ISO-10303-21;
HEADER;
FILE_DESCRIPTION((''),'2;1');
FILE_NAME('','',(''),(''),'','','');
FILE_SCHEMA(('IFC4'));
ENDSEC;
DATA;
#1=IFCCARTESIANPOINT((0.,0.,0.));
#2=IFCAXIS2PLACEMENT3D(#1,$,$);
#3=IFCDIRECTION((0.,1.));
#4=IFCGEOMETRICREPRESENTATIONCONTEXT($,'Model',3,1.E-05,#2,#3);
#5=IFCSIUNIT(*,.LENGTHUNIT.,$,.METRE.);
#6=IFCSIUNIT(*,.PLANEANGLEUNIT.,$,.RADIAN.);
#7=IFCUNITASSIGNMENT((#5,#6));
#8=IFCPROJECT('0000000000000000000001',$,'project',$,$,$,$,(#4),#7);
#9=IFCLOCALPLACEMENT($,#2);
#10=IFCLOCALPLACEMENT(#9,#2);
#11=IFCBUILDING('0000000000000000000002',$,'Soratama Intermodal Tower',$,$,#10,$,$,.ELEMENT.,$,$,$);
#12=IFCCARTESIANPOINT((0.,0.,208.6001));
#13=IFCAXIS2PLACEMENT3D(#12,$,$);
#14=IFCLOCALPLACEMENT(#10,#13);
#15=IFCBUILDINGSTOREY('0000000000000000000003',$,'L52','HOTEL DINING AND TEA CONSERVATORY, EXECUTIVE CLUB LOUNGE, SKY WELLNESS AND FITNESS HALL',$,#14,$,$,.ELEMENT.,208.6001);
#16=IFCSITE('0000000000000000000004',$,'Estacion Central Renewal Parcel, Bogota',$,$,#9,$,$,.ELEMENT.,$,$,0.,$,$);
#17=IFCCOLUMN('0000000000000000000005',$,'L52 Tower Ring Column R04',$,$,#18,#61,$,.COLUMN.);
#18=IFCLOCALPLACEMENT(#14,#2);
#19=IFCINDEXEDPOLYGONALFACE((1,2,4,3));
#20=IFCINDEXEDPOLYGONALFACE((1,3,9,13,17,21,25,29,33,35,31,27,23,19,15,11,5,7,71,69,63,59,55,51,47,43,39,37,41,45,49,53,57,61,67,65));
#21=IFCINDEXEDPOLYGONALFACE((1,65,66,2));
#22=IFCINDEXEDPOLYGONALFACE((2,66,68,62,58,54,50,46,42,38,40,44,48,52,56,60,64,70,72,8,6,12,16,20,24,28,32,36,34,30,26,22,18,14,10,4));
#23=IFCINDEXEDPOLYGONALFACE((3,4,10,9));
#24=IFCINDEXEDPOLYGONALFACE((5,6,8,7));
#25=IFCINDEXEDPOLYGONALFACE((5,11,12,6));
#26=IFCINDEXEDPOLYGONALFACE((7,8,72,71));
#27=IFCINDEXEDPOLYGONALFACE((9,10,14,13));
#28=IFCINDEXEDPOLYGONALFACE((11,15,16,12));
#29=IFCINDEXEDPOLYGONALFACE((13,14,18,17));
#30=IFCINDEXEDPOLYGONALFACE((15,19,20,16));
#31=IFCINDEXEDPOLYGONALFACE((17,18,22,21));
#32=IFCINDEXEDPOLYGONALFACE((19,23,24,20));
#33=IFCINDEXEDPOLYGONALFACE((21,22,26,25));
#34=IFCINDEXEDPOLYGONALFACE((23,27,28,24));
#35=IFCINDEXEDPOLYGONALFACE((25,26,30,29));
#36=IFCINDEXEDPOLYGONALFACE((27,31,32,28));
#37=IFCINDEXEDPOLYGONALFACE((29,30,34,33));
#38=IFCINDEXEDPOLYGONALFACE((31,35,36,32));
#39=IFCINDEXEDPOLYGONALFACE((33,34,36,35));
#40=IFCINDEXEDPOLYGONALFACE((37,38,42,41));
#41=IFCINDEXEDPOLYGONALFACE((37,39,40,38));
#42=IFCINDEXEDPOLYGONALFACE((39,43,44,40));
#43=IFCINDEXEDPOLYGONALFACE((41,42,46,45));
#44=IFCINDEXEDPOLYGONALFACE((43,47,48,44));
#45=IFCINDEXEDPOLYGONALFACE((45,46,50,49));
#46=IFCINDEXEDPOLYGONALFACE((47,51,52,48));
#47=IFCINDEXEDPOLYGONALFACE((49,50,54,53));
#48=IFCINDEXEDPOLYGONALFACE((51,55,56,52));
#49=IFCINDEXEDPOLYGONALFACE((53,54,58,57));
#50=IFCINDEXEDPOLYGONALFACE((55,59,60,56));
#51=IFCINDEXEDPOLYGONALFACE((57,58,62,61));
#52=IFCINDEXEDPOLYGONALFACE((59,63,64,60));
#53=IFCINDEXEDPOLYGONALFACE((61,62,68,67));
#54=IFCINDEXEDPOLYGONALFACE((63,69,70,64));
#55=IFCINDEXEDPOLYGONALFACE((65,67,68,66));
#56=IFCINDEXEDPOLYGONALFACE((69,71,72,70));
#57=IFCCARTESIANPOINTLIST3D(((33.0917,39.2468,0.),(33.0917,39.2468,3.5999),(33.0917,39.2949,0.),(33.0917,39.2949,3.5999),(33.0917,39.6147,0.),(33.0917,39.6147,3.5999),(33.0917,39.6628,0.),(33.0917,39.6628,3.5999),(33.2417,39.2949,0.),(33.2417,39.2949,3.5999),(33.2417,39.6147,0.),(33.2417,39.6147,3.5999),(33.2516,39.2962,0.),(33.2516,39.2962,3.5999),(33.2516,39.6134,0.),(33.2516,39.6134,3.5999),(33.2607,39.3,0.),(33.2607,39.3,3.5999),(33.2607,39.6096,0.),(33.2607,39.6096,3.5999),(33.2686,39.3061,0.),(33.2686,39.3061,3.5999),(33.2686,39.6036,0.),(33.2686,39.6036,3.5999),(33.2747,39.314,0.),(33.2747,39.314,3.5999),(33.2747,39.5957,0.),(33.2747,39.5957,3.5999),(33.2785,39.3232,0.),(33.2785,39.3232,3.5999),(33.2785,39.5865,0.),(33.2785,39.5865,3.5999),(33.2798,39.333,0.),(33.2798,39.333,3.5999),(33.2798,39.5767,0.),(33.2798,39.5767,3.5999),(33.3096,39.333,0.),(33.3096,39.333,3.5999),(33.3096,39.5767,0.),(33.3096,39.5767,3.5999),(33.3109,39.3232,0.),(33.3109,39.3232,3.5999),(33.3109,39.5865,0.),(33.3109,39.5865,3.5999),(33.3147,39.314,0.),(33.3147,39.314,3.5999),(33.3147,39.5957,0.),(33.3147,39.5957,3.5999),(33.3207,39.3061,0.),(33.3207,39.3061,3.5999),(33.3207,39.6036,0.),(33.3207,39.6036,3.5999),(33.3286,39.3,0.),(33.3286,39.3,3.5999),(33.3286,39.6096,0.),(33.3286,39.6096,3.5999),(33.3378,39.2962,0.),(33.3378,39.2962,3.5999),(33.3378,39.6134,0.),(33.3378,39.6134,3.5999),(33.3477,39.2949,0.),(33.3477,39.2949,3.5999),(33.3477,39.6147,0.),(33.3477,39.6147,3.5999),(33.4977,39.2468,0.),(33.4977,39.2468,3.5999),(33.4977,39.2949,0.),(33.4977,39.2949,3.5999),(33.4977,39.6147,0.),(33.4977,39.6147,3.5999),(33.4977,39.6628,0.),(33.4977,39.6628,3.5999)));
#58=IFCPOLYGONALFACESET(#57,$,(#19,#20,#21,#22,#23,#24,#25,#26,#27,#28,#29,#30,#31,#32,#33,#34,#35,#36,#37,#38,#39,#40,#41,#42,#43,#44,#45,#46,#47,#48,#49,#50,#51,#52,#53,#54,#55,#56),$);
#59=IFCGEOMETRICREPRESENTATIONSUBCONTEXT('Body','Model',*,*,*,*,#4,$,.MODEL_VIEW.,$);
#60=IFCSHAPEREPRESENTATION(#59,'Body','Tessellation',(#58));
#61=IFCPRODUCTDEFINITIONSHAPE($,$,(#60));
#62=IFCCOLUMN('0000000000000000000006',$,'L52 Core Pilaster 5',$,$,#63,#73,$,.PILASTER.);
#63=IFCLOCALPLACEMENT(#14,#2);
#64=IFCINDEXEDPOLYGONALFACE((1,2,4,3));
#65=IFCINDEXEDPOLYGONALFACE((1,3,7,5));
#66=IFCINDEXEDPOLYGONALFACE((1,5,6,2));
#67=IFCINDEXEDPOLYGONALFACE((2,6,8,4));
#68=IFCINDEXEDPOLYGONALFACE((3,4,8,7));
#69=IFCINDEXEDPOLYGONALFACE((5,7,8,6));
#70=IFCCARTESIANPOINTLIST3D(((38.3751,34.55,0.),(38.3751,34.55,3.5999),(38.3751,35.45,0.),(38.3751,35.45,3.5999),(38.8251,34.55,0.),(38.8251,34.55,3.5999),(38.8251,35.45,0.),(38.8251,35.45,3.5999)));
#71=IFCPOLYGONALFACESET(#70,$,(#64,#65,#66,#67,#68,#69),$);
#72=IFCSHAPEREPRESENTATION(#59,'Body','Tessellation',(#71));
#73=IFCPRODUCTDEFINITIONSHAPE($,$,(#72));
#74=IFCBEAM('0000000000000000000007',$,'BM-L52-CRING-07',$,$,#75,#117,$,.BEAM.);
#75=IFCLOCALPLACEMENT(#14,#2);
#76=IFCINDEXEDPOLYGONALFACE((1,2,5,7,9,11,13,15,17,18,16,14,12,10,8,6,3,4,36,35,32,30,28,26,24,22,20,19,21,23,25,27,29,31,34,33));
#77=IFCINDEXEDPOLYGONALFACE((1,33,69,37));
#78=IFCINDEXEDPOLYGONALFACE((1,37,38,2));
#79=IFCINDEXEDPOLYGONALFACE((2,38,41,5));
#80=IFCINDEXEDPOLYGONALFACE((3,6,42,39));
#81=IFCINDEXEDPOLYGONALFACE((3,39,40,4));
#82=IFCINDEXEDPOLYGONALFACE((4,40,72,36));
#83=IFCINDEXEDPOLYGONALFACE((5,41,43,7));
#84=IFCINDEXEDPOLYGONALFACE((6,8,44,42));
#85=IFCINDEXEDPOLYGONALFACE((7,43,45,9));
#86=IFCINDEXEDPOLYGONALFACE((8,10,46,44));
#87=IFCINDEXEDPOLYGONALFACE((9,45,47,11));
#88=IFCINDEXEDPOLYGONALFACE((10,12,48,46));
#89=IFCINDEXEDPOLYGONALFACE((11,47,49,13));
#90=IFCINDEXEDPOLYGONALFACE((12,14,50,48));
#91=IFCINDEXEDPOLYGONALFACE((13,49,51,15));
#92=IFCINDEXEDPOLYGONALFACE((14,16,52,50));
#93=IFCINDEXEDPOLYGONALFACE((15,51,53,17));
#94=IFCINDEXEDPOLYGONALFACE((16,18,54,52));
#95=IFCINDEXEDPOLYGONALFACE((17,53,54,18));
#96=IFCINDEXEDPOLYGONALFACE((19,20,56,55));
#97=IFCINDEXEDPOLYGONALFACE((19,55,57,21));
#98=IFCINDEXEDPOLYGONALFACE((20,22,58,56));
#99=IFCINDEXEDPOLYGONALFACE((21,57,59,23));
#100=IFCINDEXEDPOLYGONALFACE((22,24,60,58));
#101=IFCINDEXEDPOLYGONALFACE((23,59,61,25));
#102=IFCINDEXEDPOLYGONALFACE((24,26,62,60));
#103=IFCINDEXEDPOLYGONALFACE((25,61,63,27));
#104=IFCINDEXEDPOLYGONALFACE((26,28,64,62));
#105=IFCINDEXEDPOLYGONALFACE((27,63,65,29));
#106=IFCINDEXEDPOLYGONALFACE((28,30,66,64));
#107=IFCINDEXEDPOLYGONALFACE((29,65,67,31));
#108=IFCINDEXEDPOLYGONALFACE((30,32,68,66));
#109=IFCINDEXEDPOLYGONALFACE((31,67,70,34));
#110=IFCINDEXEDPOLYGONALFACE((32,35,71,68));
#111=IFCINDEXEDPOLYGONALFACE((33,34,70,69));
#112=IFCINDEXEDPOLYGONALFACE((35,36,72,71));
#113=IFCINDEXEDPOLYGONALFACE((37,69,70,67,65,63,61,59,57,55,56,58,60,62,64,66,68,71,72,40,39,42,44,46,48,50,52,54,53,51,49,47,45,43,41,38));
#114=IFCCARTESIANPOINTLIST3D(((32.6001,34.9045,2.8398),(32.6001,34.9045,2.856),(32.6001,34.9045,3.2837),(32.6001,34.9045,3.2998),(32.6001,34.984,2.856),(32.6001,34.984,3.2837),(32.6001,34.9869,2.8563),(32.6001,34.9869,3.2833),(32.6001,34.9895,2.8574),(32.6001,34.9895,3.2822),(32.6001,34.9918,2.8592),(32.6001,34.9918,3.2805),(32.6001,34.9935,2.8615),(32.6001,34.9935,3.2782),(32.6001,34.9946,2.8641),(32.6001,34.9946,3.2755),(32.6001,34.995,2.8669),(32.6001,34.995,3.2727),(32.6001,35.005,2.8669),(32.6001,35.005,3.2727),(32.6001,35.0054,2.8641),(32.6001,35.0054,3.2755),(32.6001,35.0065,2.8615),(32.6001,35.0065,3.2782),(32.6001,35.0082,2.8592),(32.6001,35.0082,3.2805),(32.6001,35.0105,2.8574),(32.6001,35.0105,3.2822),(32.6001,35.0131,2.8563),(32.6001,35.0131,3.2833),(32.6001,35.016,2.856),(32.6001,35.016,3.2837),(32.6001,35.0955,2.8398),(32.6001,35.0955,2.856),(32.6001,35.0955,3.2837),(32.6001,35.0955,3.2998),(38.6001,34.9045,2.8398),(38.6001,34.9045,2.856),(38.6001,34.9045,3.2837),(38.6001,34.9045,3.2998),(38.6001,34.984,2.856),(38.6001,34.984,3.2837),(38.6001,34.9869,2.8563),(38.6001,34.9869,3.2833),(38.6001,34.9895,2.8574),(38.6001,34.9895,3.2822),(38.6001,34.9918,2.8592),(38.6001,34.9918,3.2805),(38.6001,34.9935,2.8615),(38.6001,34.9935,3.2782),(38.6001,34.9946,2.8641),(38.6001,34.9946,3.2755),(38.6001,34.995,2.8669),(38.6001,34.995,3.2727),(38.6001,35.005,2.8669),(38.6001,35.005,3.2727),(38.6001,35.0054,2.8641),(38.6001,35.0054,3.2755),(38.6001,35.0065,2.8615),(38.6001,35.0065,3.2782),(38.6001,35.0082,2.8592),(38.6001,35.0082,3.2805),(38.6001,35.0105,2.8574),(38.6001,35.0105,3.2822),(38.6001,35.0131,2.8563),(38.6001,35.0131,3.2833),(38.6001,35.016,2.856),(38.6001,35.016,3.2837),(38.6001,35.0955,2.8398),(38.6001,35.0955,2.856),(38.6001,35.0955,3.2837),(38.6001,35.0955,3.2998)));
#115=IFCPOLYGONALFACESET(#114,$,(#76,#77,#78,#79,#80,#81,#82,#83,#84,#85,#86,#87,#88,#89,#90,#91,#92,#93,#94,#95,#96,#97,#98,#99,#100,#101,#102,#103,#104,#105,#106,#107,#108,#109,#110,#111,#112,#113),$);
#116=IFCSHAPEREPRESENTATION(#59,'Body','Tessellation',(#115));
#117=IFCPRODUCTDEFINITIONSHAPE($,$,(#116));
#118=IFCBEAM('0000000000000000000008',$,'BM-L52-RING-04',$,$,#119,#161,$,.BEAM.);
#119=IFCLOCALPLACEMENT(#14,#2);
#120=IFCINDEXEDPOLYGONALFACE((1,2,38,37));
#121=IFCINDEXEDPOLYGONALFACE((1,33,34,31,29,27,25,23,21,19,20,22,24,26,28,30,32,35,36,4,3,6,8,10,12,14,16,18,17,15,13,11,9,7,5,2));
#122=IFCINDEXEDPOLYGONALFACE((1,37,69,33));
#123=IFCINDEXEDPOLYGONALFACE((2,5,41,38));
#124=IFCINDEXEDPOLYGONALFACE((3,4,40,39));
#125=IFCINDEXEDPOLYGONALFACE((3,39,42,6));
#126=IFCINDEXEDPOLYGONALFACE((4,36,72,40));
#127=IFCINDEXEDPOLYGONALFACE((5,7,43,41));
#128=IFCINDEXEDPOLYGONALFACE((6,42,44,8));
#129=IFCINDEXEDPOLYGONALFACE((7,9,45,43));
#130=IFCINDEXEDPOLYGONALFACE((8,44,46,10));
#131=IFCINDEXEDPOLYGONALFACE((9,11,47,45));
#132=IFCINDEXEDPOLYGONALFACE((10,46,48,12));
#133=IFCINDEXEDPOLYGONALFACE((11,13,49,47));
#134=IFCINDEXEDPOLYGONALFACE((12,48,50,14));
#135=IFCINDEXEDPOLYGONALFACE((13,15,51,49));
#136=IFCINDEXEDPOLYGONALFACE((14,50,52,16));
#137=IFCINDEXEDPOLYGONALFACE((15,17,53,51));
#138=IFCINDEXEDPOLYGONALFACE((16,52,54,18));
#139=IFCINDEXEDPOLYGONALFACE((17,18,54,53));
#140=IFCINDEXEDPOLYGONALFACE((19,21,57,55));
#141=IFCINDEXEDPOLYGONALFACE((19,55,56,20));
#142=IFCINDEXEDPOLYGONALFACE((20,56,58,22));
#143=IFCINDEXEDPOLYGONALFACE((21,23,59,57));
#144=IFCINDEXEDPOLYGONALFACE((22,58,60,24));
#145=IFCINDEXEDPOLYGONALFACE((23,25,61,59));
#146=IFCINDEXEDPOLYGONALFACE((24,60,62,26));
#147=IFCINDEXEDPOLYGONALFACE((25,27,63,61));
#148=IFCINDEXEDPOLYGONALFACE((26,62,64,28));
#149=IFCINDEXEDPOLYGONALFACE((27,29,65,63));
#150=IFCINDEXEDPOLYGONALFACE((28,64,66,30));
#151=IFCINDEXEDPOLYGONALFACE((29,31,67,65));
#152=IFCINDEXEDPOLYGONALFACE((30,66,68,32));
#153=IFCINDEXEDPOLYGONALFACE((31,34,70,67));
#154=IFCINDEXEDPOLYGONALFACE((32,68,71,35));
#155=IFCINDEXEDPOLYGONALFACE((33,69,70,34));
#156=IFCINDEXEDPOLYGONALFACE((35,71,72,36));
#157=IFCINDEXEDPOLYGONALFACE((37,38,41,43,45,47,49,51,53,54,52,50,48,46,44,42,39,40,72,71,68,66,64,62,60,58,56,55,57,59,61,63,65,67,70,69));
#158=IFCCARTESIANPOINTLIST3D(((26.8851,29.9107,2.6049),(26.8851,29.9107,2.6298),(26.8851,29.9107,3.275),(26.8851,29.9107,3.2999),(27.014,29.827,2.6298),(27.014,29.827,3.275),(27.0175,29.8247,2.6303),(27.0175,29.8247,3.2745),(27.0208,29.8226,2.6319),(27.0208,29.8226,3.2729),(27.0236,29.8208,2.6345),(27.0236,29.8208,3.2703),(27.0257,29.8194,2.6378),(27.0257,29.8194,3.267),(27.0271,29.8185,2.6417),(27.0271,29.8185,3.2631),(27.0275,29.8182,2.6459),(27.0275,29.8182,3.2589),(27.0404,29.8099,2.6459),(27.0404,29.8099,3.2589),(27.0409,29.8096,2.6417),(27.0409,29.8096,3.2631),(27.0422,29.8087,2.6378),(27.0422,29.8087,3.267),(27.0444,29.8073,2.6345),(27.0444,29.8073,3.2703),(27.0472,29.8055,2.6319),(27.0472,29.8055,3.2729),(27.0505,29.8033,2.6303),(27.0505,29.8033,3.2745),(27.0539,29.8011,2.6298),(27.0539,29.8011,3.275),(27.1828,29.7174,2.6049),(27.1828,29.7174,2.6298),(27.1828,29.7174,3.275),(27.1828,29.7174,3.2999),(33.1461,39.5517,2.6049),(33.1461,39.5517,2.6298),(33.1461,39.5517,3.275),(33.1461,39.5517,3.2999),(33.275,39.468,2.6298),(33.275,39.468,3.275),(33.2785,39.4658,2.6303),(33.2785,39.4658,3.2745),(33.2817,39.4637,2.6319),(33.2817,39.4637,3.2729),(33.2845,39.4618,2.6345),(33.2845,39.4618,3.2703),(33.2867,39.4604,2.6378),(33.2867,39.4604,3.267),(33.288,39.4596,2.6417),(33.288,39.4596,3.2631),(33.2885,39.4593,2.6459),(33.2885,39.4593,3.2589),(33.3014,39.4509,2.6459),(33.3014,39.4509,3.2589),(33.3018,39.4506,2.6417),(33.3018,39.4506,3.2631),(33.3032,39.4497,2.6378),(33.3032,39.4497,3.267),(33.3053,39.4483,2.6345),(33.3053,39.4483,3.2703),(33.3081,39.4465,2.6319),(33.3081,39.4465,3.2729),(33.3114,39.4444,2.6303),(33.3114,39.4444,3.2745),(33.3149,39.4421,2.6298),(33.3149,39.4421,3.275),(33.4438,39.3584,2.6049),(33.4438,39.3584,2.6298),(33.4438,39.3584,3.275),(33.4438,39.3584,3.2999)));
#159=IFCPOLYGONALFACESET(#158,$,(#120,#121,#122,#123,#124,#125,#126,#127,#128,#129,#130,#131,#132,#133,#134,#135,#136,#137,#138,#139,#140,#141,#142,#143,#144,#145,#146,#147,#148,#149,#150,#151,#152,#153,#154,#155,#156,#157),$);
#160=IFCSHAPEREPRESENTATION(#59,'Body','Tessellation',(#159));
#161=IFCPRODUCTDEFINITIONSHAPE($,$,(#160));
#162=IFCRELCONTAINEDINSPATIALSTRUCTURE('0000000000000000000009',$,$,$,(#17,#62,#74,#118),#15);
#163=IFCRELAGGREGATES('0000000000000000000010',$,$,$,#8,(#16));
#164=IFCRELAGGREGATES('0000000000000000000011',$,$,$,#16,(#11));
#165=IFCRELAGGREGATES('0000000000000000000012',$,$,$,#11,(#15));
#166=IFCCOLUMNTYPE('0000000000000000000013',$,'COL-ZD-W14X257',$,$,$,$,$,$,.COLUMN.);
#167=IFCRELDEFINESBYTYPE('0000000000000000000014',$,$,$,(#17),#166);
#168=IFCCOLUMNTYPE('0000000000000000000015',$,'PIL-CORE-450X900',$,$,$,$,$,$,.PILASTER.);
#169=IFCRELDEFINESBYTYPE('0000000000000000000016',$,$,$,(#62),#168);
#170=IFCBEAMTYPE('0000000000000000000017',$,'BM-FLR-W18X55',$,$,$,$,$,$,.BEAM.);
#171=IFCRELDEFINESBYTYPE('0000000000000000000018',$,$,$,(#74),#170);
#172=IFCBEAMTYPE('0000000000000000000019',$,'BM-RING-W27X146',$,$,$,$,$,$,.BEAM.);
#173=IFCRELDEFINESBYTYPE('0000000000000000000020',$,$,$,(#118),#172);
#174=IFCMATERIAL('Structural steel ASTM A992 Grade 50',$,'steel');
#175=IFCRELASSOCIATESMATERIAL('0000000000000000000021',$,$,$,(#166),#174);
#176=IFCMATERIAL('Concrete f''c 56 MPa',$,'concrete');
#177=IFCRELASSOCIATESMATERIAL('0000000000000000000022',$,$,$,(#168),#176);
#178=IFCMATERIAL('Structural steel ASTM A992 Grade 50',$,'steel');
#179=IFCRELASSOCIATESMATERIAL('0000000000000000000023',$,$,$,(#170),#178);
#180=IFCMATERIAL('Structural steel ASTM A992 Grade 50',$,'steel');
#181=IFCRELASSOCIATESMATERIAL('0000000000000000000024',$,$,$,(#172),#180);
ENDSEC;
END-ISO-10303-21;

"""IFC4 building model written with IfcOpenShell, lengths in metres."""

from ifc_helpers import new_model, si_unit, direction, frame, origin, origin_2d, place, context, subcontext, project, spatial, rectangle, i_section, extrude, material, material_profile, profile_set, type_object, element, save


model = new_model("IFC4")

# Units and contexts
model_context = context("Model", 3, precision=1e-05, world=origin(), true_north=direction((0.0, 1.0)))
body_context = subcontext(model_context, "Body", "Model", "MODEL_VIEW")
ifc_project = project(units=[si_unit("LENGTHUNIT", "METRE"), si_unit("PLANEANGLEUNIT", "RADIAN")], contexts=[model_context])

# Site, building, storey
site_placement = place(None, origin())
site = spatial("IfcSite", under=ifc_project, at=site_placement, Name="Estacion Central Renewal Parcel, Bogota", CompositionType="ELEMENT", RefElevation=0.0)
building_placement = place(site_placement, origin())
building = spatial("IfcBuilding", under=site, at=building_placement, Name="Soratama Intermodal Tower", CompositionType="ELEMENT")
storey_placement = place(building_placement, frame((0.0, 0.0, 208.6001)))
storey = spatial("IfcBuildingStorey", under=building, at=storey_placement, Name="L52", Description="HOTEL DINING AND TEA CONSERVATORY, EXECUTIVE CLUB LOUNGE, SKY WELLNESS AND FITNESS HALL", CompositionType="ELEMENT", Elevation=208.6001)

# Columns
ifc_material_1 = material(Name="Structural steel ASTM A992 Grade 50", Category="steel")
ifc_material_profile_1 = material_profile(ifc_material_1, i_section(OverallWidth=0.406, OverallDepth=0.416, WebThickness=0.0298, FlangeThickness=0.0481, FilletRadius=0.0381, at=origin_2d()), Name="W14X257")
ifc_profile_set_1 = profile_set([ifc_material_profile_1], Name="Structural steel ASTM A992 Grade 50")
column_type_1 = type_object("IfcColumnType", Name="COL-ZD-W14X257", PredefinedType="COLUMN", material=ifc_profile_set_1)
column_1_placement = place(storey_placement, frame((33.2947, 39.4548, 0.0), z_axis=(0.0, 0.0, 1.0), x_axis=(1.0, 0.0, 0.0)))
element("IfcColumn", 1, at=column_1_placement, inside=storey, type_object=column_type_1, Name="L52 Tower Ring Column R04", PredefinedType="COLUMN", context=body_context, shape_type="SweptSolid", body=[
    extrude(i_section(OverallWidth=0.406, OverallDepth=0.416, WebThickness=0.0298, FlangeThickness=0.0481, FilletRadius=0.0381, at=origin_2d()), origin(), (0.0, 0.0, 1.0), 3.5999),
])
ifc_material_2 = material(Name="Concrete f'c 56 MPa", Category="concrete")
ifc_material_profile_2 = material_profile(ifc_material_2, rectangle(XDim=0.45, YDim=0.8999, at=origin_2d()), Name="RC450X900")
ifc_profile_set_2 = profile_set([ifc_material_profile_2], Name="Concrete f'c 56 MPa")
column_type_2 = type_object("IfcColumnType", Name="PIL-CORE-450X900", PredefinedType="PILASTER", material=ifc_profile_set_2)
column_2_placement = place(storey_placement, frame((38.6001, 35.0, 0.0), z_axis=(0.0, 0.0, 1.0), x_axis=(1.0, 0.0, 0.0)))
element("IfcColumn", 2, at=column_2_placement, inside=storey, type_object=column_type_2, Name="L52 Core Pilaster 5", PredefinedType="PILASTER", context=body_context, shape_type="SweptSolid", body=[
    extrude(rectangle(XDim=0.45, YDim=0.8999, at=origin_2d()), origin(), (0.0, 0.0, 1.0), 3.5999),
])

# Beams
ifc_material_3 = material(Name="Structural steel ASTM A992 Grade 50", Category="steel")
ifc_material_profile_3 = material_profile(ifc_material_3, i_section(OverallWidth=0.1909, OverallDepth=0.46, WebThickness=0.01, FlangeThickness=0.0161, FilletRadius=0.011, at=origin_2d()), Name="W18X55")
ifc_profile_set_3 = profile_set([ifc_material_profile_3], Name="Structural steel ASTM A992 Grade 50")
beam_type_1 = type_object("IfcBeamType", Name="BM-FLR-W18X55", PredefinedType="BEAM", material=ifc_profile_set_3)
beam_1_placement = place(storey_placement, frame((38.6001, 35.0, 3.0698), z_axis=(-1.0, 0.0, 0.0), x_axis=(0.0, -1.0, 0.0)))
element("IfcBeam", 3, at=beam_1_placement, inside=storey, type_object=beam_type_1, Name="BM-L52-CRING-07", PredefinedType="BEAM", context=body_context, shape_type="SweptSolid", body=[
    extrude(i_section(OverallWidth=0.1909, OverallDepth=0.46, WebThickness=0.01, FlangeThickness=0.0161, FilletRadius=0.011, at=origin_2d()), origin(), (0.0, 0.0, 1.0), 6.0),
])
ifc_material_4 = material(Name="Structural steel ASTM A992 Grade 50", Category="steel")
ifc_material_profile_4 = material_profile(ifc_material_4, i_section(OverallWidth=0.355, OverallDepth=0.6951, WebThickness=0.0154, FlangeThickness=0.0249, FilletRadius=0.0161, at=origin_2d()), Name="W27X146")
ifc_profile_set_4 = profile_set([ifc_material_profile_4], Name="Structural steel ASTM A992 Grade 50")
beam_type_2 = type_object("IfcBeamType", Name="BM-RING-W27X146", PredefinedType="BEAM", material=ifc_profile_set_4)
beam_2_placement = place(storey_placement, frame((33.2949, 39.4551, 2.9524), z_axis=(-0.544637, -0.838672, 0.0), x_axis=(0.838672, -0.544637, 0.0)))
element("IfcBeam", 4, at=beam_2_placement, inside=storey, type_object=beam_type_2, Name="BM-L52-RING-04", PredefinedType="BEAM", context=body_context, shape_type="SweptSolid", body=[
    extrude(i_section(OverallWidth=0.355, OverallDepth=0.6951, WebThickness=0.0154, FlangeThickness=0.0249, FilletRadius=0.0161, at=origin_2d()), origin(), (0.0, 0.0, 1.0), 11.4956),
])

save(model, "model.ifc")
